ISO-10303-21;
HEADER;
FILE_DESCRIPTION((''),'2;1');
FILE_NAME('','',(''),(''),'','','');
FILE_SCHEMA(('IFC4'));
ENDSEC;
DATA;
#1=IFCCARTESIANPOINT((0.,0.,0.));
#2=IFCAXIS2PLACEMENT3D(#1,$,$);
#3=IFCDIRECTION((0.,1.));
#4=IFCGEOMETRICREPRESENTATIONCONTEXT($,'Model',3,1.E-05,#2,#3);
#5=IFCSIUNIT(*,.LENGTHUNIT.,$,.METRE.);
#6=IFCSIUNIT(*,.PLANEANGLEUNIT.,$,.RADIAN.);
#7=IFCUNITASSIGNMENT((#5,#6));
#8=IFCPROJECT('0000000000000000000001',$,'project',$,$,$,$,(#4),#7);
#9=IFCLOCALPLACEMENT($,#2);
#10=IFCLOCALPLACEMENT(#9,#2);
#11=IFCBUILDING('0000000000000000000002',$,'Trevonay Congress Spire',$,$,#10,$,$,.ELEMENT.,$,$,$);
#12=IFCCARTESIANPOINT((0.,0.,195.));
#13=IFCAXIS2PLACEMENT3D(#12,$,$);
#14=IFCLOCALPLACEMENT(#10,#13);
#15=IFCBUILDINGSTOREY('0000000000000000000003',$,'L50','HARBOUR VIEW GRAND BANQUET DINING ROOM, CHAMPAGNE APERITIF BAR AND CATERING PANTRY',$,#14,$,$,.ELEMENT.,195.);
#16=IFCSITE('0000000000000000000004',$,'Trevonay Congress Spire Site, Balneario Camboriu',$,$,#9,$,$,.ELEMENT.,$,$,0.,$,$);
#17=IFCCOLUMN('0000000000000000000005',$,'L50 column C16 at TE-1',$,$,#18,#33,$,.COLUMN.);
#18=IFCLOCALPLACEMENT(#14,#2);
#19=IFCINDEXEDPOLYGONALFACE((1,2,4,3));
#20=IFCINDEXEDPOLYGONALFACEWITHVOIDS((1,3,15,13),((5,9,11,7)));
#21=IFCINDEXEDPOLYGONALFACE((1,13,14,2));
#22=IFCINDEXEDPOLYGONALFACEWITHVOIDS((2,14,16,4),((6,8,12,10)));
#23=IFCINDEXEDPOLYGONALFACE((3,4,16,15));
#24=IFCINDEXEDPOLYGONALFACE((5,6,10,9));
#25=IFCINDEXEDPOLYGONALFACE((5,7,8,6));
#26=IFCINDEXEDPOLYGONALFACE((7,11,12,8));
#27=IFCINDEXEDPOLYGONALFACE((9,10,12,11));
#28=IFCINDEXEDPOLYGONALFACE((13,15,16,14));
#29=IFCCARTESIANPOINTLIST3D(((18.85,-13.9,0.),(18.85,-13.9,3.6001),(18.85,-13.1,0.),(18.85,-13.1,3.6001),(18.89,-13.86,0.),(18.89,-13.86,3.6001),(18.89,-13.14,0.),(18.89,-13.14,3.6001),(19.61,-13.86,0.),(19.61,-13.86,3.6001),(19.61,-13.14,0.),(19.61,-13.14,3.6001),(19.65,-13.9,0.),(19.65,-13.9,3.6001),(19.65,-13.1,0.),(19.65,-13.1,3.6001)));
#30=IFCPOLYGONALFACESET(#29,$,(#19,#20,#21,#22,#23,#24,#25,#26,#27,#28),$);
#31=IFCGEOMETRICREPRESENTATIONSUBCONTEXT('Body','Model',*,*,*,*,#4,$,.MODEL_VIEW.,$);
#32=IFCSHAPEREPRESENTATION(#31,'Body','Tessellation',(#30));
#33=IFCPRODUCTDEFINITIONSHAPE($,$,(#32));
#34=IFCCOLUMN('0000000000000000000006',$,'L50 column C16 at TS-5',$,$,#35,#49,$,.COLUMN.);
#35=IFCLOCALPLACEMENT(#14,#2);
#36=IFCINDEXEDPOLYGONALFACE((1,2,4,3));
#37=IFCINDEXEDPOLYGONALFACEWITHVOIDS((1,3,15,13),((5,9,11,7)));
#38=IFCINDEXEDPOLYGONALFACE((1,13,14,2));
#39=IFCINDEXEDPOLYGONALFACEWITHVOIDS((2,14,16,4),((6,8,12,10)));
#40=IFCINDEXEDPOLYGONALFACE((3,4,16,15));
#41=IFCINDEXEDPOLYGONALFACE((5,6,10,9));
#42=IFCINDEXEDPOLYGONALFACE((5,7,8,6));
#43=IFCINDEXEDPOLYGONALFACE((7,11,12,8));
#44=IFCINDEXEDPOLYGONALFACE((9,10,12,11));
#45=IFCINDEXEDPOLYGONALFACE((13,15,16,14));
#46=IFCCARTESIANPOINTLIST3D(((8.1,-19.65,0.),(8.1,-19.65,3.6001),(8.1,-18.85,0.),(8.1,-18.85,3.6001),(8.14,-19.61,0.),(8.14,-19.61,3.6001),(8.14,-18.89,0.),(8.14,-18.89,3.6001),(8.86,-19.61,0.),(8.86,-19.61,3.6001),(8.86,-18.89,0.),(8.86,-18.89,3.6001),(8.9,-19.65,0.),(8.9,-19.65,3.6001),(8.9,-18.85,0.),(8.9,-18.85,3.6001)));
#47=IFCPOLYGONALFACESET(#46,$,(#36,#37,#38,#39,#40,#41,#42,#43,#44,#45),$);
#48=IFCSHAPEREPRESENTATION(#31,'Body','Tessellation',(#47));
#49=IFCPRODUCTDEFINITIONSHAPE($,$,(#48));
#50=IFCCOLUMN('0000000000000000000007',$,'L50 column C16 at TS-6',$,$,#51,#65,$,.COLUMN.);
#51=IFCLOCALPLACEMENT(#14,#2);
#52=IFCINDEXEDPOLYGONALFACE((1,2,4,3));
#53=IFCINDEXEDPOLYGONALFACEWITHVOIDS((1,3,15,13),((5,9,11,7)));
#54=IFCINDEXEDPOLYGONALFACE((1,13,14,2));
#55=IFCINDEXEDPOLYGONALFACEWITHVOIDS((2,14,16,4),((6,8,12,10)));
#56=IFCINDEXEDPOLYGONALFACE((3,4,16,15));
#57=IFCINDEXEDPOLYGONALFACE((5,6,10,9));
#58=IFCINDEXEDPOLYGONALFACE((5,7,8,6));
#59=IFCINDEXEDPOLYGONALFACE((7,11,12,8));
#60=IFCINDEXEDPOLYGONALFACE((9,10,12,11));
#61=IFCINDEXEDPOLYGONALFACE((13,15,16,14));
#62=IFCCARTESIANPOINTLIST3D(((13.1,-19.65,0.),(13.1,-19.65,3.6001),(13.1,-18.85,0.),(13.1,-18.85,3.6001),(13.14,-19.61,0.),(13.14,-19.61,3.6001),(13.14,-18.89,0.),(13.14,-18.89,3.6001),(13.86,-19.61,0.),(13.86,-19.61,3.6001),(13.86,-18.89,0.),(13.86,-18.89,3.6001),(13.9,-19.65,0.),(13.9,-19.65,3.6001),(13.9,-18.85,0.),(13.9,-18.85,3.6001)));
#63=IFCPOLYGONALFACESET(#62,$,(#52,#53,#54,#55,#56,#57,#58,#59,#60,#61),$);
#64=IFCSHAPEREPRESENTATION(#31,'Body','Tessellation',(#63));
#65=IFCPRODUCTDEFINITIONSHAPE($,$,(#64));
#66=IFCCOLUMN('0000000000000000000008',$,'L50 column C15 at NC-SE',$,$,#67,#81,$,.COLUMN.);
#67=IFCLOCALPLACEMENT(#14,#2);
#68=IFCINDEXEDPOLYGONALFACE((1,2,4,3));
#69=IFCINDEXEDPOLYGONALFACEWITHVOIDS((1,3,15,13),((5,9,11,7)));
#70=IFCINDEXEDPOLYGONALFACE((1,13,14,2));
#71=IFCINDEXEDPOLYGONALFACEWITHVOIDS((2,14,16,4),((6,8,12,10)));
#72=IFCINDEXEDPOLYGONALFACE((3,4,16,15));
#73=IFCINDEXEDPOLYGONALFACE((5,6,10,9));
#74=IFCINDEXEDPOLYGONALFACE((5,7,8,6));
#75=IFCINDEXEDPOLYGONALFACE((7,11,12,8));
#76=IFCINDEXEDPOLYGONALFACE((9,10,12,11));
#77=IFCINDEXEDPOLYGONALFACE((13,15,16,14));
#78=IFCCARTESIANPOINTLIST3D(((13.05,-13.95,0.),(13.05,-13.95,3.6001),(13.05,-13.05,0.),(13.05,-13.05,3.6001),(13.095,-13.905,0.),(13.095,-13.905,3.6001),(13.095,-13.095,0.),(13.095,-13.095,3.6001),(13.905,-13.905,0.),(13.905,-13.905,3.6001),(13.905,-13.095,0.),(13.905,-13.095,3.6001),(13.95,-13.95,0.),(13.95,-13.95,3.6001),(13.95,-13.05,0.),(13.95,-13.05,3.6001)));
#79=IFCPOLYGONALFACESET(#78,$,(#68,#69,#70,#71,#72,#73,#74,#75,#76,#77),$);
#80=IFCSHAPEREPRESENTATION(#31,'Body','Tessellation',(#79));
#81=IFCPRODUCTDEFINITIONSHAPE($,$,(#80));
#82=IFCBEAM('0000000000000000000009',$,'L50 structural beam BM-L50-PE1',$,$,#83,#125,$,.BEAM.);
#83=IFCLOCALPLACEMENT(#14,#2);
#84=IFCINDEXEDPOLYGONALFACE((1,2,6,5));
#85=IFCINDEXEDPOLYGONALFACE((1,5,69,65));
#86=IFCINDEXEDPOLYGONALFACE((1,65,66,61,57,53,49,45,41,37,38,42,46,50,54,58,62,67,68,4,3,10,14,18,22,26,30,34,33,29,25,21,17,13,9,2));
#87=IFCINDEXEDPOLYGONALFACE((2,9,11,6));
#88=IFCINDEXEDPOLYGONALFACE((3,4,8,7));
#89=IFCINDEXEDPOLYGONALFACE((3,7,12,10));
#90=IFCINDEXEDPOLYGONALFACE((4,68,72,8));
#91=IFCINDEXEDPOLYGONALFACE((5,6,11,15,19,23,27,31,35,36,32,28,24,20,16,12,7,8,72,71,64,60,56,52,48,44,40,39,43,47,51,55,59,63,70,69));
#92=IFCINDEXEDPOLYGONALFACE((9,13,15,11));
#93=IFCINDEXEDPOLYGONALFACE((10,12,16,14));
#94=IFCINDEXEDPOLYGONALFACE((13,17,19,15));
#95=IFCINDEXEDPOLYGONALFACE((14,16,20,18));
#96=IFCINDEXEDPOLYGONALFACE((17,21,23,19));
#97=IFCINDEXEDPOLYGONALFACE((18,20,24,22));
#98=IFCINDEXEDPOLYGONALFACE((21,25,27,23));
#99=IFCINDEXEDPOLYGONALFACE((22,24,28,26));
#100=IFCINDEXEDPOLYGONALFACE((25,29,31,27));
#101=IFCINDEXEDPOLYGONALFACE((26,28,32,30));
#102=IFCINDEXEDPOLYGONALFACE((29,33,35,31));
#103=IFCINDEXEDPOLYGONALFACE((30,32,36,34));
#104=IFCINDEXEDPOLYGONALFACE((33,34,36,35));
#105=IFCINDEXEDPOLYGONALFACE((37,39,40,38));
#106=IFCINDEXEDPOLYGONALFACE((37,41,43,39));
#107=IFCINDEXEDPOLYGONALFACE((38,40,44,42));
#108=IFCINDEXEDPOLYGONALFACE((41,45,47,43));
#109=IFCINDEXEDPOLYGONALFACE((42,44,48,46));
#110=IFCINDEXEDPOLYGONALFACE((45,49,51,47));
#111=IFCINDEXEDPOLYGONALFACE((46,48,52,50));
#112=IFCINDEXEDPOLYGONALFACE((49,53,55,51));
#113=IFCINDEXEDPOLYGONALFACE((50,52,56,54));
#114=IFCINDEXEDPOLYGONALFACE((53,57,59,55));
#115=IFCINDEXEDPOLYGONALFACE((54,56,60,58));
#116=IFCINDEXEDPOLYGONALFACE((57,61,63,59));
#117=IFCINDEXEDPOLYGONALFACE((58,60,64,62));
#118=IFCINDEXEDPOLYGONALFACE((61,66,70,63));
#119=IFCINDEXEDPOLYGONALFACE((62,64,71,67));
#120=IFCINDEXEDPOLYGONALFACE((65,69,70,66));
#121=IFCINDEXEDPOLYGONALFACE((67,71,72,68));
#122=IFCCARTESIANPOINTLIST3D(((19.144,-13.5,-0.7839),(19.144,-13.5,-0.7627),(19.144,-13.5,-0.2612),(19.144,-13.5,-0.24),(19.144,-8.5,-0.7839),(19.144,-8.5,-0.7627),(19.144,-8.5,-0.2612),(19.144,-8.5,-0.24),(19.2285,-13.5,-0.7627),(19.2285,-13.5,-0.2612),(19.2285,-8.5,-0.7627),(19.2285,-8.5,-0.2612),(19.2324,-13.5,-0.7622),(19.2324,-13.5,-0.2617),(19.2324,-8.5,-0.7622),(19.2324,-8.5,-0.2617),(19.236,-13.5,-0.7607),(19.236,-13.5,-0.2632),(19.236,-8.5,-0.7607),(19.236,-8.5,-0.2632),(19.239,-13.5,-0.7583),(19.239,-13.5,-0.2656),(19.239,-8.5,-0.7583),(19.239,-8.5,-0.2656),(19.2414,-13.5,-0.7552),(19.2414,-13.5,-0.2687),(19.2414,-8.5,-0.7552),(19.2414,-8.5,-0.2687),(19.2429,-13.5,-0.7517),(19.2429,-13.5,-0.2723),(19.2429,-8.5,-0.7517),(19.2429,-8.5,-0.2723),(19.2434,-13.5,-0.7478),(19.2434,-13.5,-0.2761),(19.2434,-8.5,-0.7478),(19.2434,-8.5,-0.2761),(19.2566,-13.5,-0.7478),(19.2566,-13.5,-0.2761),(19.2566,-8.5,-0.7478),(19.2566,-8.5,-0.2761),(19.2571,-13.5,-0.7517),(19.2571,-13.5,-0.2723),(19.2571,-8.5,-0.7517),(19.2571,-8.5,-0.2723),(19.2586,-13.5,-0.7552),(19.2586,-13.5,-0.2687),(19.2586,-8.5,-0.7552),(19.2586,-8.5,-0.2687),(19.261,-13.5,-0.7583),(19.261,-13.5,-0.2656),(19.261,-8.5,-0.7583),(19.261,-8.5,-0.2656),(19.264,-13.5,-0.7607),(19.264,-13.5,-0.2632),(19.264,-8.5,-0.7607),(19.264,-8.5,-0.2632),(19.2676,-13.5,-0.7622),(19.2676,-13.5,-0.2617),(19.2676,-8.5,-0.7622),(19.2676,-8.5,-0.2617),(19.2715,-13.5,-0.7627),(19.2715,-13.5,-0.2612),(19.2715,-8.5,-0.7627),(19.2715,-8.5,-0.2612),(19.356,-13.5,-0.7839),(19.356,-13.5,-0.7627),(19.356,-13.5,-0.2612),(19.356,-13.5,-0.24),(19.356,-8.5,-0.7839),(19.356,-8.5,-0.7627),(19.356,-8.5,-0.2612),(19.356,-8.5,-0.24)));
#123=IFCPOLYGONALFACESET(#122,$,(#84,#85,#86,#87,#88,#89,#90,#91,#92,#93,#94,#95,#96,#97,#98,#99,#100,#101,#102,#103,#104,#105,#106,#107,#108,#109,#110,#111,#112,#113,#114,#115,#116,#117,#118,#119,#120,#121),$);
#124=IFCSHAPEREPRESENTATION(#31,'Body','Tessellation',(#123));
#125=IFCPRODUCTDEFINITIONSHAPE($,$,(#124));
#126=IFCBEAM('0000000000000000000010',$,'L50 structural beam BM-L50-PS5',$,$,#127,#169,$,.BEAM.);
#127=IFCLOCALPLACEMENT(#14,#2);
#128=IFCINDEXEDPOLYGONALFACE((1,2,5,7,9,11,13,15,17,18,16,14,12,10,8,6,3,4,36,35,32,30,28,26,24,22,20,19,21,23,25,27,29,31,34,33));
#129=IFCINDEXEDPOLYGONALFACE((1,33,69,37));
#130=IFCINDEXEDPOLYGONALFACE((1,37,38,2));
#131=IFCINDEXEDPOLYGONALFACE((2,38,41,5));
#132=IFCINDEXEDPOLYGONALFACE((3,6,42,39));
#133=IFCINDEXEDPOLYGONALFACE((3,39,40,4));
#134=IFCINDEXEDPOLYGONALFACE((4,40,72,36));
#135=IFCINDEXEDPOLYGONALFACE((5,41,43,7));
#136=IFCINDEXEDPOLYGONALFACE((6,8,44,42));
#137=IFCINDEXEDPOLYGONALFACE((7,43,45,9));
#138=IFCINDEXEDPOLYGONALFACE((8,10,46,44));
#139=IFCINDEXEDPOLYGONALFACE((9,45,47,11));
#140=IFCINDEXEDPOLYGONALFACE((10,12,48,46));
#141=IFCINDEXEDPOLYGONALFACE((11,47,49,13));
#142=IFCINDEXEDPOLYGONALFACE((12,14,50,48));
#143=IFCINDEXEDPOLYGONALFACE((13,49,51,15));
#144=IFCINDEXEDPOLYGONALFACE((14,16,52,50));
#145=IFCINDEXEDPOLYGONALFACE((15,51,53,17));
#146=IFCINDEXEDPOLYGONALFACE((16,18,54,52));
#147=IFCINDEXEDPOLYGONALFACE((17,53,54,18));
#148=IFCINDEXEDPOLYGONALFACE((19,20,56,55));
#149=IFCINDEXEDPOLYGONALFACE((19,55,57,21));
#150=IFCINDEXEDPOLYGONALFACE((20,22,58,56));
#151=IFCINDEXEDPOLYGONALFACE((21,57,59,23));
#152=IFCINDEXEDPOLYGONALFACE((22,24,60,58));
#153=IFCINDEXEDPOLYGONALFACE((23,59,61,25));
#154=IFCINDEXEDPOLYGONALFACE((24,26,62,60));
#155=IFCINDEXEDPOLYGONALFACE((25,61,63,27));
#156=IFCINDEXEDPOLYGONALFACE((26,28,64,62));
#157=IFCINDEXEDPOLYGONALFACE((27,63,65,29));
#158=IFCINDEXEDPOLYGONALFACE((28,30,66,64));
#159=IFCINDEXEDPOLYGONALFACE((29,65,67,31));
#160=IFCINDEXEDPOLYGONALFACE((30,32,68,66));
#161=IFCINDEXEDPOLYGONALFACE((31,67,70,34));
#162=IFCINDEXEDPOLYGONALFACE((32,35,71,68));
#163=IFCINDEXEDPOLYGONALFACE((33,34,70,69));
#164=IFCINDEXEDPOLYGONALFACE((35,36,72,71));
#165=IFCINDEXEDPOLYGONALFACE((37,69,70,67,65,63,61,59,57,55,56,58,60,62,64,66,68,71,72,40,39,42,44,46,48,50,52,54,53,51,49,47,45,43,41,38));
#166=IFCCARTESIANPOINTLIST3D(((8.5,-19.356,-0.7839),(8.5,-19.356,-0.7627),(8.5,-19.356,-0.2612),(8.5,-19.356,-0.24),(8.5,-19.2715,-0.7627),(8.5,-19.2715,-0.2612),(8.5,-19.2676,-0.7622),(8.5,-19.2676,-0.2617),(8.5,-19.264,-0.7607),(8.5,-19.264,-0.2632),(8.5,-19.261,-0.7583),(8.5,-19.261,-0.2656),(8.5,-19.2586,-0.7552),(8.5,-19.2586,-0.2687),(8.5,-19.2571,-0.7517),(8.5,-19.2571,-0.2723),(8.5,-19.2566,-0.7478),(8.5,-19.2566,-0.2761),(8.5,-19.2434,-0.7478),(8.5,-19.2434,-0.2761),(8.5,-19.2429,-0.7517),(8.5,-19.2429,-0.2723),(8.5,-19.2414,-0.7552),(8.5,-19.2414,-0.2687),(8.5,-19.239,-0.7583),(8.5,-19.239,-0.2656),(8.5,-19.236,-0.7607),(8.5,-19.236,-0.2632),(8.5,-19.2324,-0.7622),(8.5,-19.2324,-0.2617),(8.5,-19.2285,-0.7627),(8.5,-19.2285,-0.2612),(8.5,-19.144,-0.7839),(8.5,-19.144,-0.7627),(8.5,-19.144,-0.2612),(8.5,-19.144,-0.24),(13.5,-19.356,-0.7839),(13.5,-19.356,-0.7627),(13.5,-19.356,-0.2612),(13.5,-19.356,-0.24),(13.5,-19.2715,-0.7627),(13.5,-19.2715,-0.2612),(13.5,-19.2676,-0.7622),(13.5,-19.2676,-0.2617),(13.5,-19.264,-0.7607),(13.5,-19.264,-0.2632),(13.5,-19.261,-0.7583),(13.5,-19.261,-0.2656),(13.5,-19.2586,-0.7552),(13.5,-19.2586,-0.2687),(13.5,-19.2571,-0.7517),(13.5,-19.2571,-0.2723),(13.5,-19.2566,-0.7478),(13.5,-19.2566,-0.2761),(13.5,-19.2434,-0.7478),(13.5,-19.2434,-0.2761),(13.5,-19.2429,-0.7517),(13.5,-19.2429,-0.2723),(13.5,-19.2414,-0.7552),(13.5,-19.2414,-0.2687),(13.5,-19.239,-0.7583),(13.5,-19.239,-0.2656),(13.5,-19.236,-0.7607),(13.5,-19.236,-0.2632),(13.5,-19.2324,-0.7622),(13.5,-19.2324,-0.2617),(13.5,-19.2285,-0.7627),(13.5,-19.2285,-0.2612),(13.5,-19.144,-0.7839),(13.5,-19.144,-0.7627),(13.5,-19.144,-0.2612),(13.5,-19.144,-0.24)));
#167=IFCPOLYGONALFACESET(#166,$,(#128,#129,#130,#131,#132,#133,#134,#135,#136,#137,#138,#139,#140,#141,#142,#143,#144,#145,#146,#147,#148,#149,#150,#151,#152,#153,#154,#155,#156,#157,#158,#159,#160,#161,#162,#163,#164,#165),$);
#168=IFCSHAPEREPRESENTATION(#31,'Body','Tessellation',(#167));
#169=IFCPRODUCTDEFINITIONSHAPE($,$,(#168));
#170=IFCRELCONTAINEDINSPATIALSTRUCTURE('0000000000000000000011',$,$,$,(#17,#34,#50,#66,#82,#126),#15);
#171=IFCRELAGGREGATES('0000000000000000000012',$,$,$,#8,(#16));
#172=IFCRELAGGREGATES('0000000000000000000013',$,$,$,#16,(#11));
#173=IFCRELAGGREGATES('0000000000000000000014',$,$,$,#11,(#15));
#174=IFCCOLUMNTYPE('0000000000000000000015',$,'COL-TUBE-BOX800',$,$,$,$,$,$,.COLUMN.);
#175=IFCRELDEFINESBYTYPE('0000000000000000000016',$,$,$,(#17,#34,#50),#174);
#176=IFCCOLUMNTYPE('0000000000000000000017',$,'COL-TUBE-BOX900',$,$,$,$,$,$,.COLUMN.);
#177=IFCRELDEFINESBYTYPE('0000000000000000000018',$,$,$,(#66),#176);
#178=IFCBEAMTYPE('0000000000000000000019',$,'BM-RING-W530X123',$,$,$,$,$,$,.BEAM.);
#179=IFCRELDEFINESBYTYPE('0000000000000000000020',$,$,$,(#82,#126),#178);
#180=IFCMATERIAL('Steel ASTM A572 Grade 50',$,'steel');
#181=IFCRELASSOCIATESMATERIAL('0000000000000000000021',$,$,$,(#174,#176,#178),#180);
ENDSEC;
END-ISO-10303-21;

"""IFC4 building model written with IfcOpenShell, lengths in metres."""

from ifc_helpers import new_model, si_unit, direction, frame, origin, origin_2d, place, context, subcontext, project, spatial, hollow_rectangle, i_section, extrude, material, material_profile, profile_set, type_object, element, save


model = new_model("IFC4")

# Units and contexts
model_context = context("Model", 3, precision=1e-05, world=origin(), true_north=direction((0.0, 1.0)))
body_context = subcontext(model_context, "Body", "Model", "MODEL_VIEW")
ifc_project = project(units=[si_unit("LENGTHUNIT", "METRE"), si_unit("PLANEANGLEUNIT", "RADIAN")], contexts=[model_context])

# Site, building, storey
site_placement = place(None, origin())
site = spatial("IfcSite", under=ifc_project, at=site_placement, Name="Trevonay Congress Spire Site, Balneario Camboriu", CompositionType="ELEMENT", RefElevation=0.0)
building_placement = place(site_placement, origin())
building = spatial("IfcBuilding", under=site, at=building_placement, Name="Trevonay Congress Spire", CompositionType="ELEMENT")
storey_placement = place(building_placement, frame((0.0, 0.0, 195.0)))
storey = spatial("IfcBuildingStorey", under=building, at=storey_placement, Name="L50", Description="HARBOUR VIEW GRAND BANQUET DINING ROOM, CHAMPAGNE APERITIF BAR AND CATERING PANTRY", CompositionType="ELEMENT", Elevation=195.0)

# Columns
ifc_material_1 = material(Name="Steel ASTM A572 Grade 50", Category="steel")
ifc_material_profile_1 = material_profile(ifc_material_1, hollow_rectangle(XDim=0.8, YDim=0.8, WallThickness=0.04, at=origin_2d()), Name="BOX 800x800x40")
ifc_profile_set_1 = profile_set([ifc_material_profile_1], Name="Steel ASTM A572 Grade 50")
column_type_1 = type_object("IfcColumnType", Name="COL-TUBE-BOX800", PredefinedType="COLUMN", material=ifc_profile_set_1)
for number, where, z_axis, x_axis, name in (
    (1, (19.25, -13.5, 0.0), (0.0, 0.0, 1.0), (1.0, 0.0, 0.0), "L50 column C16 at TE-1"),
    (2, (8.5, -19.25, 0.0), (0.0, 0.0, 1.0), (1.0, 0.0, 0.0), "L50 column C16 at TS-5"),
    (3, (13.5, -19.25, 0.0), (0.0, 0.0, 1.0), (1.0, 0.0, 0.0), "L50 column C16 at TS-6"),
):
    element("IfcColumn", number, at=place(storey_placement, frame(where, z_axis=z_axis, x_axis=x_axis)), inside=storey, type_object=column_type_1, Name=name, PredefinedType="COLUMN", context=body_context, shape_type="SweptSolid", body=[
        extrude(hollow_rectangle(XDim=0.8, YDim=0.8, WallThickness=0.04, at=origin_2d()), origin(), (0.0, 0.0, 1.0), 3.6001),
    ])
ifc_material_profile_2 = material_profile(ifc_material_1, hollow_rectangle(XDim=0.8999, YDim=0.8999, WallThickness=0.0449, at=origin_2d()), Name="BOX 900x900x45")
ifc_profile_set_2 = profile_set([ifc_material_profile_2], Name="Steel ASTM A572 Grade 50")
column_type_2 = type_object("IfcColumnType", Name="COL-TUBE-BOX900", PredefinedType="COLUMN", material=ifc_profile_set_2)
column_placement = place(storey_placement, frame((13.5, -13.5, 0.0), z_axis=(0.0, 0.0, 1.0), x_axis=(1.0, 0.0, 0.0)))
element("IfcColumn", 4, at=column_placement, inside=storey, type_object=column_type_2, Name="L50 column C15 at NC-SE", PredefinedType="COLUMN", context=body_context, shape_type="SweptSolid", body=[
    extrude(hollow_rectangle(XDim=0.8999, YDim=0.8999, WallThickness=0.0449, at=origin_2d()), origin(), (0.0, 0.0, 1.0), 3.6001),
])

# Beams
ifc_material_profile_3 = material_profile(ifc_material_1, i_section(OverallWidth=0.2119, OverallDepth=0.5439, WebThickness=0.0132, FlangeThickness=0.0212, FilletRadius=0.0149, at=origin_2d()), Name="W530x123")
ifc_profile_set_3 = profile_set([ifc_material_profile_3], Name="Steel ASTM A572 Grade 50")
beam_type_1 = type_object("IfcBeamType", Name="BM-RING-W530X123", PredefinedType="BEAM", material=ifc_profile_set_3)
for number, where, z_axis, x_axis, name in (
    (5, (19.25, -13.5, -0.512), (0.0, 1.0, 0.0), (-1.0, 0.0, 0.0), "L50 structural beam BM-L50-PE1"),
    (6, (8.5, -19.25, -0.512), (1.0, 0.0, 0.0), (0.0, 1.0, 0.0), "L50 structural beam BM-L50-PS5"),
):
    element("IfcBeam", number, at=place(storey_placement, frame(where, z_axis=z_axis, x_axis=x_axis)), inside=storey, type_object=beam_type_1, Name=name, PredefinedType="BEAM", context=body_context, shape_type="SweptSolid", body=[
        extrude(i_section(OverallWidth=0.2119, OverallDepth=0.5439, WebThickness=0.0132, FlangeThickness=0.0212, FilletRadius=0.0149, at=origin_2d()), origin(), (0.0, 0.0, 1.0), 5.0),
    ])

save(model, "model.ifc")
